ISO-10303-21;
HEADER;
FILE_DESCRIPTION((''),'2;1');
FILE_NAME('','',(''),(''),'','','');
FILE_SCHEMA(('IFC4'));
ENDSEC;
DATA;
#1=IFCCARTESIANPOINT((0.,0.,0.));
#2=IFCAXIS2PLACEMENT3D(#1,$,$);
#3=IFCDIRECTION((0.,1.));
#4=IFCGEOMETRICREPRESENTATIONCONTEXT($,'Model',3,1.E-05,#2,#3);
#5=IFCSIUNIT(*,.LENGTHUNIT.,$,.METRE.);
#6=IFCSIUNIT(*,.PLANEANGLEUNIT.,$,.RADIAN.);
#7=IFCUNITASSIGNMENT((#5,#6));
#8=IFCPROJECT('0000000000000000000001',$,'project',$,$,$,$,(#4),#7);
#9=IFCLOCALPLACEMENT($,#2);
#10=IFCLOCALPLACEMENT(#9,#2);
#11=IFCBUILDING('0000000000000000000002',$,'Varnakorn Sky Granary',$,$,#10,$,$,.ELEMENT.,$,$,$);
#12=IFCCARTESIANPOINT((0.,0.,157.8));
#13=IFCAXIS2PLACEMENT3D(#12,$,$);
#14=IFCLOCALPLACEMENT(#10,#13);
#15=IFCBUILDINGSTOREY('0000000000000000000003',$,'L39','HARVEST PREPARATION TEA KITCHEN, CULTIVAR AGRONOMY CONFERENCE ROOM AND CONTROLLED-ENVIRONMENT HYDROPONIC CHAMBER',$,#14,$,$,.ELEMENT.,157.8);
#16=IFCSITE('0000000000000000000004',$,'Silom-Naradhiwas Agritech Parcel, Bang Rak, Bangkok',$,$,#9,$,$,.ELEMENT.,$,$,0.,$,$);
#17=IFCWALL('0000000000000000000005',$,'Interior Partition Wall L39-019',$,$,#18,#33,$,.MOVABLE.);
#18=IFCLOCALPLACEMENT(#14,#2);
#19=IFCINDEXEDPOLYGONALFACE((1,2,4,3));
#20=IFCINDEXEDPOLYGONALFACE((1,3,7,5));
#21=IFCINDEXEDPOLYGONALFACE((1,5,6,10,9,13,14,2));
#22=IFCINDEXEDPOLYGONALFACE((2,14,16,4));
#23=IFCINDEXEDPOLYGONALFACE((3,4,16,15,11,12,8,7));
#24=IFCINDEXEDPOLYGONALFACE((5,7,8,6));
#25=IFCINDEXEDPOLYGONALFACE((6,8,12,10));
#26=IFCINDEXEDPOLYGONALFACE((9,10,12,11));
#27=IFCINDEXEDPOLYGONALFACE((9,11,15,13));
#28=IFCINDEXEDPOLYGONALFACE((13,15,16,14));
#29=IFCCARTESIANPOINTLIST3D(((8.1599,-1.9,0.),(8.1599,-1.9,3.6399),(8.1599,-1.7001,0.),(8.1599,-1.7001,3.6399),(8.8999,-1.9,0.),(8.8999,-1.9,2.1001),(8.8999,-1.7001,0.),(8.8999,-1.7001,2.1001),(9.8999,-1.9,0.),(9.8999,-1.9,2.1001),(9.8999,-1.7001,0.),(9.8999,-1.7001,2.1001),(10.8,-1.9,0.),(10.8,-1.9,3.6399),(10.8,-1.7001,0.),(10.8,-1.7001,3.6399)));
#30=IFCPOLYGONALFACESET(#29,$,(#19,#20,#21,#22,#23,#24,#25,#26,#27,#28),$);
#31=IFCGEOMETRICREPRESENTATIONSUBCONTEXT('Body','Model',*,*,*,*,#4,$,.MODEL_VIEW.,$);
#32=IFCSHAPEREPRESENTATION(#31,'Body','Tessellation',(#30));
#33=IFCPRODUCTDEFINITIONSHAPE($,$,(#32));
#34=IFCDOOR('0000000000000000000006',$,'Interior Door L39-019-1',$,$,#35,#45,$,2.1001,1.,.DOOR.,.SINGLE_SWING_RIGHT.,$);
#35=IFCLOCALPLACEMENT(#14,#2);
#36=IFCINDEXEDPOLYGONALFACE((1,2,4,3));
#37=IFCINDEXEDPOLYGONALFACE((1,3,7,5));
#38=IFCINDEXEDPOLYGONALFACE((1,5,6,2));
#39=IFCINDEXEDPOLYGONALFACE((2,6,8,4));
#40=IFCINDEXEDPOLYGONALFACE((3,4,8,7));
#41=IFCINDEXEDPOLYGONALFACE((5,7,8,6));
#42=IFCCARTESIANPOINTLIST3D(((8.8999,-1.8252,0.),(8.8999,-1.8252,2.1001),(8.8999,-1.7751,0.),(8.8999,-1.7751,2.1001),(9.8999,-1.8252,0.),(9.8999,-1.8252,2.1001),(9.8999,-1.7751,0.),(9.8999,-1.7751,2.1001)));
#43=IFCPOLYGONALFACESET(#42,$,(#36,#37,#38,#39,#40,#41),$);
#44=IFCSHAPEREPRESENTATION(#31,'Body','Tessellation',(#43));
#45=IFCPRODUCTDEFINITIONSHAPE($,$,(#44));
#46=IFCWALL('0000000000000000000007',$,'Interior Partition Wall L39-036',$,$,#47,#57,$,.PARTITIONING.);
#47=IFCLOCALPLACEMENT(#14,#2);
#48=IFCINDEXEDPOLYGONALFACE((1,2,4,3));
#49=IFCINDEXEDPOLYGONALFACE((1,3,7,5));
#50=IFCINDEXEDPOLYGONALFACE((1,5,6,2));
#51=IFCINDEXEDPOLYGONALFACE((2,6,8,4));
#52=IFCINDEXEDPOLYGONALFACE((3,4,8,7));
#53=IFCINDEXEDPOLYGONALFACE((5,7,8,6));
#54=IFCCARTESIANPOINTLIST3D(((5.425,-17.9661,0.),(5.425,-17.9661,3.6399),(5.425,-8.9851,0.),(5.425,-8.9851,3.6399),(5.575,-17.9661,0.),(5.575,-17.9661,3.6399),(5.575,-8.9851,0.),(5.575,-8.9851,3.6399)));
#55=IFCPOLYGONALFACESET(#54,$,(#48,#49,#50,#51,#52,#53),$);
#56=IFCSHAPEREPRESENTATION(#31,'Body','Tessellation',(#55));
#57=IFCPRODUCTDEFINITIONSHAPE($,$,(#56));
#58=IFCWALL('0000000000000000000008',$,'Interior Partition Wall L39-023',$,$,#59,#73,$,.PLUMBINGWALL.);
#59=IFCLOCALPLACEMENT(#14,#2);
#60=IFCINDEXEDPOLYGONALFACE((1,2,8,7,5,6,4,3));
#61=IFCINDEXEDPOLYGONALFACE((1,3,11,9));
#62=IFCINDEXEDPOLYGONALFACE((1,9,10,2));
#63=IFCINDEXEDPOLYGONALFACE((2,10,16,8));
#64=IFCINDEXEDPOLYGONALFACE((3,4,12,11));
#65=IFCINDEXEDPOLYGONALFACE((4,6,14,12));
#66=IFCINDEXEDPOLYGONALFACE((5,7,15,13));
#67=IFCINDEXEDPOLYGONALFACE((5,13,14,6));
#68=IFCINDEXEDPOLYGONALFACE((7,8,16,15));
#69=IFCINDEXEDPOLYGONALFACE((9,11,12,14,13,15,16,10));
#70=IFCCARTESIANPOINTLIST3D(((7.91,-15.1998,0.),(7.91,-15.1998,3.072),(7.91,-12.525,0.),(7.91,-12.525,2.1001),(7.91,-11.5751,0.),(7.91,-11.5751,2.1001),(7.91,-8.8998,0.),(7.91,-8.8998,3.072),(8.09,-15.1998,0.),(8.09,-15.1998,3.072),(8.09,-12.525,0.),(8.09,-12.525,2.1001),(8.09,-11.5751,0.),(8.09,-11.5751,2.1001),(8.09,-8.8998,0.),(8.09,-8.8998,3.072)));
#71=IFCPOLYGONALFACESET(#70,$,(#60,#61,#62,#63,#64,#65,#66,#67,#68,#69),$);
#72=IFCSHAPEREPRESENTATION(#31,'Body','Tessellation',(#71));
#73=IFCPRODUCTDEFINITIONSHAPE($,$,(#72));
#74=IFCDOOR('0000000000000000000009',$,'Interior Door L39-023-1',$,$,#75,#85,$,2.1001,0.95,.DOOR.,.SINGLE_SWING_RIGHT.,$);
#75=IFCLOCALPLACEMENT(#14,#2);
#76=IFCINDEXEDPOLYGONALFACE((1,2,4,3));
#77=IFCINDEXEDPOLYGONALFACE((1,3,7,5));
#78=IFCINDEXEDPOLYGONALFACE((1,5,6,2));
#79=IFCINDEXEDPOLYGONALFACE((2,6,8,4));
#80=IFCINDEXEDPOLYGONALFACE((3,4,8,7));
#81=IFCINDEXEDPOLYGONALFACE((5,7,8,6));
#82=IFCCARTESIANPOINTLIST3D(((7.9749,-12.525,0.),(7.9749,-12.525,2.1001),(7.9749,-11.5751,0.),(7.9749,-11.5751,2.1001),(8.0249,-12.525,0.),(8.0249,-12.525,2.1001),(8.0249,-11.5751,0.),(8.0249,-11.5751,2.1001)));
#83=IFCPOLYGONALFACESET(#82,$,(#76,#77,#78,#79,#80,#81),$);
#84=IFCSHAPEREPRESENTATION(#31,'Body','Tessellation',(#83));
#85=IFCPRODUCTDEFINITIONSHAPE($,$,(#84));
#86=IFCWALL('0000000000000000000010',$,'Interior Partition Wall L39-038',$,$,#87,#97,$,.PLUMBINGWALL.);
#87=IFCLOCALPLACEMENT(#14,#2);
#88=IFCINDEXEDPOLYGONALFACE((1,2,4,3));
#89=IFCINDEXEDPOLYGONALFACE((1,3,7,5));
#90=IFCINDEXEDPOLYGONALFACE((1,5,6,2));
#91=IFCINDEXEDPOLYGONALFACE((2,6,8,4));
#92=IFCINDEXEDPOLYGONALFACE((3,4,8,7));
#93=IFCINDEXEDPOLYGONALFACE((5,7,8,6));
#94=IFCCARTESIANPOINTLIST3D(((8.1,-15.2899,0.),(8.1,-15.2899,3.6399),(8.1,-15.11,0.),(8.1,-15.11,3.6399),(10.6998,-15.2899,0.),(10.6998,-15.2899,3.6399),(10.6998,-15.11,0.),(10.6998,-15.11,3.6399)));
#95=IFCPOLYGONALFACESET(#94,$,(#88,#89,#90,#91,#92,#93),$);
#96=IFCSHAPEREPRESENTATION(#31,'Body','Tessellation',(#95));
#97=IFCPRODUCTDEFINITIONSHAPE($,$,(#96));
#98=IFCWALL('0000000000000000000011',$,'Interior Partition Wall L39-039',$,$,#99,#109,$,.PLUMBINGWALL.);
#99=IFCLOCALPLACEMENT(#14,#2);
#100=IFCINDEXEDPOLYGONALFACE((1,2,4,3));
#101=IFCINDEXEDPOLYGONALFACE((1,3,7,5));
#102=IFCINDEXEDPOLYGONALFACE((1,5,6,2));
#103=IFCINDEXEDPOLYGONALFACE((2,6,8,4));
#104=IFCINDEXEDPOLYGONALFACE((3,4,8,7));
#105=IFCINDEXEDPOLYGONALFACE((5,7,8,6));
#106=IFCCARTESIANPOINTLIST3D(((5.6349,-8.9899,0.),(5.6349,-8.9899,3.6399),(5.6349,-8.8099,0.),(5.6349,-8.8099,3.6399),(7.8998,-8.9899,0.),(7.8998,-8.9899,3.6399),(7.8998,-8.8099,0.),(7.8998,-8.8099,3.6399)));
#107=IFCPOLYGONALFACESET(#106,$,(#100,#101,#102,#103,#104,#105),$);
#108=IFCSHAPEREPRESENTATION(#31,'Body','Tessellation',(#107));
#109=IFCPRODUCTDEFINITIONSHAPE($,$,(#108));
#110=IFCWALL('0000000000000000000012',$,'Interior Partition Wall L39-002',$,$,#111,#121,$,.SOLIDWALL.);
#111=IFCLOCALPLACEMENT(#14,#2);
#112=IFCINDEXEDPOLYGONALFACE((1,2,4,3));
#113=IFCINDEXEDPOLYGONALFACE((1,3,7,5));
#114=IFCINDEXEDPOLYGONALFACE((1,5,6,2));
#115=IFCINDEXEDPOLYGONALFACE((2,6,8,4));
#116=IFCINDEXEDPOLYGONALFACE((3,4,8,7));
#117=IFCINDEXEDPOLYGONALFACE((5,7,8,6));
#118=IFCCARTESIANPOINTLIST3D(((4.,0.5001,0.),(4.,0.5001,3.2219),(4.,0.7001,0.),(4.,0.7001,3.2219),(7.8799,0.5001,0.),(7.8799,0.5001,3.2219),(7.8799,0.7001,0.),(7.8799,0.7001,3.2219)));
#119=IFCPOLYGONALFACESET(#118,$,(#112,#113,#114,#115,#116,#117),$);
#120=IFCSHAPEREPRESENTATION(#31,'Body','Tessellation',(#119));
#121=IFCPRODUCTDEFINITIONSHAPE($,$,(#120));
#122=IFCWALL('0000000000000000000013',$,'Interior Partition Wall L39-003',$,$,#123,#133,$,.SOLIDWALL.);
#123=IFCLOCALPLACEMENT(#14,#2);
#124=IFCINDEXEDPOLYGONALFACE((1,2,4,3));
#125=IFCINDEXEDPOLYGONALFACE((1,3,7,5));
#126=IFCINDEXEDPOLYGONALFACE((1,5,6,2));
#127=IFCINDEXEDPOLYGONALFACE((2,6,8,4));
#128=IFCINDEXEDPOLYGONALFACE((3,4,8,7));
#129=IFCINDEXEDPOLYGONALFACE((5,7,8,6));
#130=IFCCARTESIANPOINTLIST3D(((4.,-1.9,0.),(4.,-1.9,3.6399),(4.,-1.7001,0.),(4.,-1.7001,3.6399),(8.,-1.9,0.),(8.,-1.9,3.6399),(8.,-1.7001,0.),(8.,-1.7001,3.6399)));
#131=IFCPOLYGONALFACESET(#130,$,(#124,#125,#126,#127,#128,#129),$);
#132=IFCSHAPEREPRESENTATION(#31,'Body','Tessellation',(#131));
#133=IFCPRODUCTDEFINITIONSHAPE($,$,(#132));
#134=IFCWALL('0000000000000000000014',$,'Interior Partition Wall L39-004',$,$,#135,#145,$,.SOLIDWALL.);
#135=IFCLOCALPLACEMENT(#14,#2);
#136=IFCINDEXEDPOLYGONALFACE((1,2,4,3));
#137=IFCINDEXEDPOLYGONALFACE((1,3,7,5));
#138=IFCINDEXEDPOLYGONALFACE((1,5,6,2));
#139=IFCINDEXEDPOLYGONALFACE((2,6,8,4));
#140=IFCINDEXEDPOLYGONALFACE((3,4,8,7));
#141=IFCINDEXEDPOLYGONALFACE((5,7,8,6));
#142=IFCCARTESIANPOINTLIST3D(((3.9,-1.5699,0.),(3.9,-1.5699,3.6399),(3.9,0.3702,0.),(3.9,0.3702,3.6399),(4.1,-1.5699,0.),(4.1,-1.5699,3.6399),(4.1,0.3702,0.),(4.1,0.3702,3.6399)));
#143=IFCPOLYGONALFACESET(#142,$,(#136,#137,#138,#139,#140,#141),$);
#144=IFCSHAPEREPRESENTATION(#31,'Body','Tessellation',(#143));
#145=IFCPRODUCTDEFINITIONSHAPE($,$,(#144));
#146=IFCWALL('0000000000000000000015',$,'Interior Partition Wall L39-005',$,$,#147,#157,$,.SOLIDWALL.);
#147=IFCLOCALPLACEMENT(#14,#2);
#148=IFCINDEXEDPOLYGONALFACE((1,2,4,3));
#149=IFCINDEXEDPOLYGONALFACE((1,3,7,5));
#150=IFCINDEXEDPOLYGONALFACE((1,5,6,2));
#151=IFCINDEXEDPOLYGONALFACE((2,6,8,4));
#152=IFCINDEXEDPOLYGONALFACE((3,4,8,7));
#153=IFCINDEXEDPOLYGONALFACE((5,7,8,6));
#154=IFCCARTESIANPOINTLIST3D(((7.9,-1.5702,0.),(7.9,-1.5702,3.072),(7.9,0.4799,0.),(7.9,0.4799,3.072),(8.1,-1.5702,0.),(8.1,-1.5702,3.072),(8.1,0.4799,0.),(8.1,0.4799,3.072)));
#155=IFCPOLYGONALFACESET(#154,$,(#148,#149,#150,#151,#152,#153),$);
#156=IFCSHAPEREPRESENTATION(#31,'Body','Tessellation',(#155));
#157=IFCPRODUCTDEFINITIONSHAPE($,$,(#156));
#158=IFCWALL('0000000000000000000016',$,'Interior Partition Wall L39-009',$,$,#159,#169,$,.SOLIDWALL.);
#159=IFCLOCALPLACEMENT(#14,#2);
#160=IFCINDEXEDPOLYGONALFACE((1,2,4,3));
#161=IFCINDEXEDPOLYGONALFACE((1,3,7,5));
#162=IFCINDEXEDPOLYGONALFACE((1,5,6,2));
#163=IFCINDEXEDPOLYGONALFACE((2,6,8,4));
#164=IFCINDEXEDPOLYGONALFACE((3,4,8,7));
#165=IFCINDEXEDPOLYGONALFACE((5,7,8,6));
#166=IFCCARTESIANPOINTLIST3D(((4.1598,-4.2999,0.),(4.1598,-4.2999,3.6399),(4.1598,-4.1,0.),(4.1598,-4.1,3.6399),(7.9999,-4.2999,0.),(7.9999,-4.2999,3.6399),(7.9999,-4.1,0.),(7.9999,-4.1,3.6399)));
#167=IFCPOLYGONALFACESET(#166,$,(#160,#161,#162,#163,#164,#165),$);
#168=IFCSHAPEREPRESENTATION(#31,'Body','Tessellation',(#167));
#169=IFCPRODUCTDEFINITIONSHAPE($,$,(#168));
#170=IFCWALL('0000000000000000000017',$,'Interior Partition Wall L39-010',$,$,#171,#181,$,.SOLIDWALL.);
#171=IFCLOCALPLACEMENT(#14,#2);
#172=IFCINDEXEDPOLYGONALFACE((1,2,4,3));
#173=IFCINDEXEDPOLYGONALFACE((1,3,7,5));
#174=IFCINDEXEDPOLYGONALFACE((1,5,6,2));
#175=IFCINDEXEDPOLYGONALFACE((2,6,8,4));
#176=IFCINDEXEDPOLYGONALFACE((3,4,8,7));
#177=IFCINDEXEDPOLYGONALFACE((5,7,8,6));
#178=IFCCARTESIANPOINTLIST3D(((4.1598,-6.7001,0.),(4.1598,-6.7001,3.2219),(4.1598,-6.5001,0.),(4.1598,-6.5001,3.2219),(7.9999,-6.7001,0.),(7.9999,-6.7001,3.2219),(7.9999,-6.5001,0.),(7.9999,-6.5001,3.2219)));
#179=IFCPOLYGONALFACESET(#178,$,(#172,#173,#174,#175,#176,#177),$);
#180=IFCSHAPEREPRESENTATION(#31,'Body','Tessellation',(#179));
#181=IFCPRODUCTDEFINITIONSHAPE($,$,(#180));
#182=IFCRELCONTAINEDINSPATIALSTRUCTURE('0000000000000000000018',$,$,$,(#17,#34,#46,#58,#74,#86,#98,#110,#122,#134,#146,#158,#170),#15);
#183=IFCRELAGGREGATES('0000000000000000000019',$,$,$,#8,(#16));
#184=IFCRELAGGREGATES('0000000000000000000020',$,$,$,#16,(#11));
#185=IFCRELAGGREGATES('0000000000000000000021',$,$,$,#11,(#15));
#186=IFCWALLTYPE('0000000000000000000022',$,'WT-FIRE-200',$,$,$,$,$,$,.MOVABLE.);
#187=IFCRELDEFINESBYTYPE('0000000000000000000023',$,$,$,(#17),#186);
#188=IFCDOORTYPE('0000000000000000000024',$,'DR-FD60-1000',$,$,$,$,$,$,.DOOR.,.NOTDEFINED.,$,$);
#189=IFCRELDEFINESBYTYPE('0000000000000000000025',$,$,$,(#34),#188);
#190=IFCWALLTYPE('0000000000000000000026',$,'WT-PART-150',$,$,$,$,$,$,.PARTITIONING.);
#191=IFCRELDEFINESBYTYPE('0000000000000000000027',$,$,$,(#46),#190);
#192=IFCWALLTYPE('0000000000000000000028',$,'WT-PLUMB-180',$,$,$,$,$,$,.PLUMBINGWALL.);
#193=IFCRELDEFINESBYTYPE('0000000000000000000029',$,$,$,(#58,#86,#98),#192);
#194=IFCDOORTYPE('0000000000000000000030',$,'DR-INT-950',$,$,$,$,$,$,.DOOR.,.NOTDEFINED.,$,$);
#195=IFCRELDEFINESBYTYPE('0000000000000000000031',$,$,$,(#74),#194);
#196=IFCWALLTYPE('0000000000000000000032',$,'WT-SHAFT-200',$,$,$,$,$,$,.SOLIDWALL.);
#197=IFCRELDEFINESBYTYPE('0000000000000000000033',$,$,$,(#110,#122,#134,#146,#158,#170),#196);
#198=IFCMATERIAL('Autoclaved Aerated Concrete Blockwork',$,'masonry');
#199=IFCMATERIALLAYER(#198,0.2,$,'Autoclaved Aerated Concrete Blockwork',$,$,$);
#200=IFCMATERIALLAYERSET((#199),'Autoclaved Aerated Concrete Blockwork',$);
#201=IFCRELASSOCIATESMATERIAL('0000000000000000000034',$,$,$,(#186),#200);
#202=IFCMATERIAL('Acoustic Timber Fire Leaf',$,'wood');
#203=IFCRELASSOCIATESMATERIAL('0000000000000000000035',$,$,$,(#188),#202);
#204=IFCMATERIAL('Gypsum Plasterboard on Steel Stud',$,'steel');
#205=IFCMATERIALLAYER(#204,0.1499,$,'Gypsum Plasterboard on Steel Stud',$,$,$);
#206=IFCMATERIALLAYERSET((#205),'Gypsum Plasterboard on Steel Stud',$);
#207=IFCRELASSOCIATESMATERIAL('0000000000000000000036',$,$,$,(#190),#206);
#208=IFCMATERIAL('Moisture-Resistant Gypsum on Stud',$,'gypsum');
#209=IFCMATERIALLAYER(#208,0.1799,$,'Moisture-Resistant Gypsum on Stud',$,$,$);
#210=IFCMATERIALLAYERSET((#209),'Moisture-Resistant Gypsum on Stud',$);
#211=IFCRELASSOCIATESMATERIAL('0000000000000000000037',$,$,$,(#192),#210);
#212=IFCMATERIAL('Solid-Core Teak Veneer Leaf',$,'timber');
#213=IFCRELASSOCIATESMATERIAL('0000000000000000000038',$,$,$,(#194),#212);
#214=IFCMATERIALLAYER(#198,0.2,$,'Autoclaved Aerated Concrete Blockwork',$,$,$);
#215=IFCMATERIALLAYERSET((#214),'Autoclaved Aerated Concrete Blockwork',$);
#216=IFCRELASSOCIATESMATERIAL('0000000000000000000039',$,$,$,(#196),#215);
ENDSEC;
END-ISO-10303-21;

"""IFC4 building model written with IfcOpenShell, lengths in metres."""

from ifc_helpers import new_model, si_unit, direction, frame, frame_2d, origin, place, context, subcontext, project, spatial, rectangle, extrude, material, layer, layer_set, type_object, element, fill, save


model = new_model("IFC4")

# Units and contexts
model_context = context("Model", 3, precision=1e-05, world=origin(), true_north=direction((0.0, 1.0)))
body_context = subcontext(model_context, "Body", "Model", "MODEL_VIEW")
ifc_project = project(units=[si_unit("LENGTHUNIT", "METRE"), si_unit("PLANEANGLEUNIT", "RADIAN")], contexts=[model_context])

# Site, building, storey
site_placement = place(None, origin())
site = spatial("IfcSite", under=ifc_project, at=site_placement, Name="Silom-Naradhiwas Agritech Parcel, Bang Rak, Bangkok", CompositionType="ELEMENT", RefElevation=0.0)
building_placement = place(site_placement, origin())
building = spatial("IfcBuilding", under=site, at=building_placement, Name="Varnakorn Sky Granary", CompositionType="ELEMENT")
storey_placement = place(building_placement, frame((0.0, 0.0, 157.8)))
storey = spatial("IfcBuildingStorey", under=building, at=storey_placement, Name="L39", Description="HARVEST PREPARATION TEA KITCHEN, CULTIVAR AGRONOMY CONFERENCE ROOM AND CONTROLLED-ENVIRONMENT HYDROPONIC CHAMBER", CompositionType="ELEMENT", Elevation=157.8)

# Wall, opening, door
ifc_material_1 = material(Name="Autoclaved Aerated Concrete Blockwork", Category="masonry")
ifc_layer_1 = layer(ifc_material_1, 0.2, Name="Autoclaved Aerated Concrete Blockwork")
ifc_layer_set_1 = layer_set([ifc_layer_1], Name="Autoclaved Aerated Concrete Blockwork")
wall_type_1 = type_object("IfcWallType", Name="WT-FIRE-200", PredefinedType="MOVABLE", material=ifc_layer_set_1)
ifc_material_2 = material(Name="Acoustic Timber Fire Leaf", Category="wood")
door_type_1 = type_object("IfcDoorType", Name="DR-FD60-1000", OperationType="NOTDEFINED", PredefinedType="DOOR", material=ifc_material_2)
wall_1_placement = place(storey_placement, frame((8.1599, -1.8, 0.0), z_axis=(0.0, 0.0, 1.0), x_axis=(1.0, 0.0, 0.0)))
wall_1 = element("IfcWall", 1, at=wall_1_placement, inside=storey, type_object=wall_type_1, Name="Interior Partition Wall L39-019", PredefinedType="MOVABLE", context=body_context, shape_type="SweptSolid", body=[
    extrude(rectangle(XDim=2.6401, YDim=0.2, at=frame_2d((1.3201, 0.0))), origin(), (0.0, 0.0, 1.0), 3.6399),
])
opening_1_placement = place(wall_1_placement, frame((0.74, 0.0, 0.0)))
opening_1 = element("IfcOpeningElement", 2, at=opening_1_placement, cuts=wall_1, PredefinedType="OPENING", context=body_context, shape_type="SweptSolid", body=[
    extrude(rectangle(XDim=1.0, YDim=2.1001, at=frame_2d((0.5, 1.05))), frame((0.0, 0.1099, 0.0), z_axis=(0.0, -1.0, 0.0), x_axis=(1.0, 0.0, 0.0)), (0.0, 0.0, 1.0), 0.22),
])
door_1_placement = place(opening_1_placement, origin())
door_1 = element("IfcDoor", 3, at=door_1_placement, inside=storey, type_object=door_type_1, Name="Interior Door L39-019-1", OperationType="SINGLE_SWING_RIGHT", OverallHeight=2.1001, OverallWidth=1.0, PredefinedType="DOOR", context=body_context, shape_type="SweptSolid", body=[
    extrude(rectangle(XDim=1.0, YDim=2.1001, at=frame_2d((0.5, 1.05))), frame((0.0, 0.0249, 0.0), z_axis=(0.0, -1.0, 0.0), x_axis=(1.0, 0.0, 0.0)), (0.0, 0.0, 1.0), 0.05),
])
fill(opening_1, door_1)

# Wall
ifc_material_3 = material(Name="Gypsum Plasterboard on Steel Stud", Category="steel")
ifc_layer_2 = layer(ifc_material_3, 0.1499, Name="Gypsum Plasterboard on Steel Stud")
ifc_layer_set_2 = layer_set([ifc_layer_2], Name="Gypsum Plasterboard on Steel Stud")
wall_type_2 = type_object("IfcWallType", Name="WT-PART-150", PredefinedType="PARTITIONING", material=ifc_layer_set_2)
wall_2_placement = place(storey_placement, frame((5.5, -8.9851, 0.0), z_axis=(0.0, 0.0, 1.0), x_axis=(0.0, -1.0, 0.0)))
element("IfcWall", 4, at=wall_2_placement, inside=storey, type_object=wall_type_2, Name="Interior Partition Wall L39-036", PredefinedType="PARTITIONING", context=body_context, shape_type="SweptSolid", body=[
    extrude(rectangle(XDim=8.981, YDim=0.1499, at=frame_2d((4.4905, 0.0))), origin(), (0.0, 0.0, 1.0), 3.6399),
])

# Wall, opening, door
ifc_material_4 = material(Name="Moisture-Resistant Gypsum on Stud", Category="gypsum")
ifc_layer_3 = layer(ifc_material_4, 0.1799, Name="Moisture-Resistant Gypsum on Stud")
ifc_layer_set_3 = layer_set([ifc_layer_3], Name="Moisture-Resistant Gypsum on Stud")
wall_type_3 = type_object("IfcWallType", Name="WT-PLUMB-180", PredefinedType="PLUMBINGWALL", material=ifc_layer_set_3)
wall_3_placement = place(storey_placement, frame((8.0, -8.8999, 0.0), z_axis=(0.0, 0.0, 1.0), x_axis=(0.0, -1.0, 0.0)))
wall_3 = element("IfcWall", 5, at=wall_3_placement, inside=storey, type_object=wall_type_3, Name="Interior Partition Wall L39-023", PredefinedType="PLUMBINGWALL", context=body_context, shape_type="SweptSolid", body=[
    extrude(rectangle(XDim=6.3, YDim=0.1799, at=frame_2d((3.1499, 0.0))), origin(), (0.0, 0.0, 1.0), 3.072),
])
opening_2_placement = place(wall_3_placement, frame((2.675, 0.0, 0.0)))
opening_2 = element("IfcOpeningElement", 6, at=opening_2_placement, cuts=wall_3, PredefinedType="OPENING", context=body_context, shape_type="SweptSolid", body=[
    extrude(rectangle(XDim=0.95, YDim=2.1001, at=frame_2d((0.4751, 1.05))), frame((0.0, 0.1001, 0.0), z_axis=(0.0, -1.0, 0.0), x_axis=(1.0, 0.0, 0.0)), (0.0, 0.0, 1.0), 0.2),
])
ifc_material_5 = material(Name="Solid-Core Teak Veneer Leaf", Category="timber")
door_type_2 = type_object("IfcDoorType", Name="DR-INT-950", OperationType="NOTDEFINED", PredefinedType="DOOR", material=ifc_material_5)
door_2_placement = place(opening_2_placement, origin())
door_2 = element("IfcDoor", 7, at=door_2_placement, inside=storey, type_object=door_type_2, Name="Interior Door L39-023-1", OperationType="SINGLE_SWING_RIGHT", OverallHeight=2.1001, OverallWidth=0.95, PredefinedType="DOOR", context=body_context, shape_type="SweptSolid", body=[
    extrude(rectangle(XDim=0.95, YDim=2.1001, at=frame_2d((0.4751, 1.05))), frame((0.0, 0.0249, 0.0), z_axis=(0.0, -1.0, 0.0), x_axis=(1.0, 0.0, 0.0)), (0.0, 0.0, 1.0), 0.05),
])
fill(opening_2, door_2)

# Walls
wall_4_placement = place(storey_placement, frame((8.1001, -15.2, 0.0), z_axis=(0.0, 0.0, 1.0), x_axis=(1.0, 0.0, 0.0)))
element("IfcWall", 8, at=wall_4_placement, inside=storey, type_object=wall_type_3, Name="Interior Partition Wall L39-038", PredefinedType="PLUMBINGWALL", context=body_context, shape_type="SweptSolid", body=[
    extrude(rectangle(XDim=2.5999, YDim=0.1799, at=frame_2d((1.2998, 0.0))), origin(), (0.0, 0.0, 1.0), 3.6399),
])
wall_5_placement = place(storey_placement, frame((5.635, -8.8999, 0.0), z_axis=(0.0, 0.0, 1.0), x_axis=(1.0, 0.0, 0.0)))
element("IfcWall", 9, at=wall_5_placement, inside=storey, type_object=wall_type_3, Name="Interior Partition Wall L39-039", PredefinedType="PLUMBINGWALL", context=body_context, shape_type="SweptSolid", body=[
    extrude(rectangle(XDim=2.2649, YDim=0.1799, at=frame_2d((1.1323, 0.0))), origin(), (0.0, 0.0, 1.0), 3.6399),
])
ifc_layer_4 = layer(ifc_material_1, 0.2, Name="Autoclaved Aerated Concrete Blockwork")
ifc_layer_set_4 = layer_set([ifc_layer_4], Name="Autoclaved Aerated Concrete Blockwork")
wall_type_4 = type_object("IfcWallType", Name="WT-SHAFT-200", PredefinedType="SOLIDWALL", material=ifc_layer_set_4)
wall_6_placement = place(storey_placement, frame((4.0, 0.6001, 0.0), z_axis=(0.0, 0.0, 1.0), x_axis=(1.0, 0.0, 0.0)))
element("IfcWall", 10, at=wall_6_placement, inside=storey, type_object=wall_type_4, Name="Interior Partition Wall L39-002", PredefinedType="SOLIDWALL", context=body_context, shape_type="SweptSolid", body=[
    extrude(rectangle(XDim=3.8799, YDim=0.2, at=frame_2d((1.9399, 0.0))), origin(), (0.0, 0.0, 1.0), 3.2219),
])
wall_7_placement = place(storey_placement, frame((4.0, -1.8, 0.0), z_axis=(0.0, 0.0, 1.0), x_axis=(1.0, 0.0, 0.0)))
element("IfcWall", 11, at=wall_7_placement, inside=storey, type_object=wall_type_4, Name="Interior Partition Wall L39-003", PredefinedType="SOLIDWALL", context=body_context, shape_type="SweptSolid", body=[
    extrude(rectangle(XDim=4.0, YDim=0.2, at=frame_2d((2.0, 0.0))), origin(), (0.0, 0.0, 1.0), 3.6399),
])
wall_8_placement = place(storey_placement, frame((4.0, -1.5701, 0.0), z_axis=(0.0, 0.0, 1.0), x_axis=(0.0, 1.0, 0.0)))
element("IfcWall", 12, at=wall_8_placement, inside=storey, type_object=wall_type_4, Name="Interior Partition Wall L39-004", PredefinedType="SOLIDWALL", context=body_context, shape_type="SweptSolid", body=[
    extrude(rectangle(XDim=1.9402, YDim=0.2, at=frame_2d((0.9702, 0.0))), origin(), (0.0, 0.0, 1.0), 3.6399),
])
wall_9_placement = place(storey_placement, frame((8.0, -1.5701, 0.0), z_axis=(0.0, 0.0, 1.0), x_axis=(0.0, 1.0, 0.0)))
element("IfcWall", 13, at=wall_9_placement, inside=storey, type_object=wall_type_4, Name="Interior Partition Wall L39-005", PredefinedType="SOLIDWALL", context=body_context, shape_type="SweptSolid", body=[
    extrude(rectangle(XDim=2.05, YDim=0.2, at=frame_2d((1.0249, 0.0))), origin(), (0.0, 0.0, 1.0), 3.072),
])
wall_10_placement = place(storey_placement, frame((4.1599, -4.2, 0.0), z_axis=(0.0, 0.0, 1.0), x_axis=(1.0, 0.0, 0.0)))
element("IfcWall", 14, at=wall_10_placement, inside=storey, type_object=wall_type_4, Name="Interior Partition Wall L39-009", PredefinedType="SOLIDWALL", context=body_context, shape_type="SweptSolid", body=[
    extrude(rectangle(XDim=3.8401, YDim=0.2, at=frame_2d((1.9199, 0.0))), origin(), (0.0, 0.0, 1.0), 3.6399),
])
wall_11_placement = place(storey_placement, frame((4.1599, -6.6001, 0.0), z_axis=(0.0, 0.0, 1.0), x_axis=(1.0, 0.0, 0.0)))
element("IfcWall", 15, at=wall_11_placement, inside=storey, type_object=wall_type_4, Name="Interior Partition Wall L39-010", PredefinedType="SOLIDWALL", context=body_context, shape_type="SweptSolid", body=[
    extrude(rectangle(XDim=3.8401, YDim=0.2, at=frame_2d((1.9199, 0.0))), origin(), (0.0, 0.0, 1.0), 3.2219),
])

save(model, "model.ifc")
